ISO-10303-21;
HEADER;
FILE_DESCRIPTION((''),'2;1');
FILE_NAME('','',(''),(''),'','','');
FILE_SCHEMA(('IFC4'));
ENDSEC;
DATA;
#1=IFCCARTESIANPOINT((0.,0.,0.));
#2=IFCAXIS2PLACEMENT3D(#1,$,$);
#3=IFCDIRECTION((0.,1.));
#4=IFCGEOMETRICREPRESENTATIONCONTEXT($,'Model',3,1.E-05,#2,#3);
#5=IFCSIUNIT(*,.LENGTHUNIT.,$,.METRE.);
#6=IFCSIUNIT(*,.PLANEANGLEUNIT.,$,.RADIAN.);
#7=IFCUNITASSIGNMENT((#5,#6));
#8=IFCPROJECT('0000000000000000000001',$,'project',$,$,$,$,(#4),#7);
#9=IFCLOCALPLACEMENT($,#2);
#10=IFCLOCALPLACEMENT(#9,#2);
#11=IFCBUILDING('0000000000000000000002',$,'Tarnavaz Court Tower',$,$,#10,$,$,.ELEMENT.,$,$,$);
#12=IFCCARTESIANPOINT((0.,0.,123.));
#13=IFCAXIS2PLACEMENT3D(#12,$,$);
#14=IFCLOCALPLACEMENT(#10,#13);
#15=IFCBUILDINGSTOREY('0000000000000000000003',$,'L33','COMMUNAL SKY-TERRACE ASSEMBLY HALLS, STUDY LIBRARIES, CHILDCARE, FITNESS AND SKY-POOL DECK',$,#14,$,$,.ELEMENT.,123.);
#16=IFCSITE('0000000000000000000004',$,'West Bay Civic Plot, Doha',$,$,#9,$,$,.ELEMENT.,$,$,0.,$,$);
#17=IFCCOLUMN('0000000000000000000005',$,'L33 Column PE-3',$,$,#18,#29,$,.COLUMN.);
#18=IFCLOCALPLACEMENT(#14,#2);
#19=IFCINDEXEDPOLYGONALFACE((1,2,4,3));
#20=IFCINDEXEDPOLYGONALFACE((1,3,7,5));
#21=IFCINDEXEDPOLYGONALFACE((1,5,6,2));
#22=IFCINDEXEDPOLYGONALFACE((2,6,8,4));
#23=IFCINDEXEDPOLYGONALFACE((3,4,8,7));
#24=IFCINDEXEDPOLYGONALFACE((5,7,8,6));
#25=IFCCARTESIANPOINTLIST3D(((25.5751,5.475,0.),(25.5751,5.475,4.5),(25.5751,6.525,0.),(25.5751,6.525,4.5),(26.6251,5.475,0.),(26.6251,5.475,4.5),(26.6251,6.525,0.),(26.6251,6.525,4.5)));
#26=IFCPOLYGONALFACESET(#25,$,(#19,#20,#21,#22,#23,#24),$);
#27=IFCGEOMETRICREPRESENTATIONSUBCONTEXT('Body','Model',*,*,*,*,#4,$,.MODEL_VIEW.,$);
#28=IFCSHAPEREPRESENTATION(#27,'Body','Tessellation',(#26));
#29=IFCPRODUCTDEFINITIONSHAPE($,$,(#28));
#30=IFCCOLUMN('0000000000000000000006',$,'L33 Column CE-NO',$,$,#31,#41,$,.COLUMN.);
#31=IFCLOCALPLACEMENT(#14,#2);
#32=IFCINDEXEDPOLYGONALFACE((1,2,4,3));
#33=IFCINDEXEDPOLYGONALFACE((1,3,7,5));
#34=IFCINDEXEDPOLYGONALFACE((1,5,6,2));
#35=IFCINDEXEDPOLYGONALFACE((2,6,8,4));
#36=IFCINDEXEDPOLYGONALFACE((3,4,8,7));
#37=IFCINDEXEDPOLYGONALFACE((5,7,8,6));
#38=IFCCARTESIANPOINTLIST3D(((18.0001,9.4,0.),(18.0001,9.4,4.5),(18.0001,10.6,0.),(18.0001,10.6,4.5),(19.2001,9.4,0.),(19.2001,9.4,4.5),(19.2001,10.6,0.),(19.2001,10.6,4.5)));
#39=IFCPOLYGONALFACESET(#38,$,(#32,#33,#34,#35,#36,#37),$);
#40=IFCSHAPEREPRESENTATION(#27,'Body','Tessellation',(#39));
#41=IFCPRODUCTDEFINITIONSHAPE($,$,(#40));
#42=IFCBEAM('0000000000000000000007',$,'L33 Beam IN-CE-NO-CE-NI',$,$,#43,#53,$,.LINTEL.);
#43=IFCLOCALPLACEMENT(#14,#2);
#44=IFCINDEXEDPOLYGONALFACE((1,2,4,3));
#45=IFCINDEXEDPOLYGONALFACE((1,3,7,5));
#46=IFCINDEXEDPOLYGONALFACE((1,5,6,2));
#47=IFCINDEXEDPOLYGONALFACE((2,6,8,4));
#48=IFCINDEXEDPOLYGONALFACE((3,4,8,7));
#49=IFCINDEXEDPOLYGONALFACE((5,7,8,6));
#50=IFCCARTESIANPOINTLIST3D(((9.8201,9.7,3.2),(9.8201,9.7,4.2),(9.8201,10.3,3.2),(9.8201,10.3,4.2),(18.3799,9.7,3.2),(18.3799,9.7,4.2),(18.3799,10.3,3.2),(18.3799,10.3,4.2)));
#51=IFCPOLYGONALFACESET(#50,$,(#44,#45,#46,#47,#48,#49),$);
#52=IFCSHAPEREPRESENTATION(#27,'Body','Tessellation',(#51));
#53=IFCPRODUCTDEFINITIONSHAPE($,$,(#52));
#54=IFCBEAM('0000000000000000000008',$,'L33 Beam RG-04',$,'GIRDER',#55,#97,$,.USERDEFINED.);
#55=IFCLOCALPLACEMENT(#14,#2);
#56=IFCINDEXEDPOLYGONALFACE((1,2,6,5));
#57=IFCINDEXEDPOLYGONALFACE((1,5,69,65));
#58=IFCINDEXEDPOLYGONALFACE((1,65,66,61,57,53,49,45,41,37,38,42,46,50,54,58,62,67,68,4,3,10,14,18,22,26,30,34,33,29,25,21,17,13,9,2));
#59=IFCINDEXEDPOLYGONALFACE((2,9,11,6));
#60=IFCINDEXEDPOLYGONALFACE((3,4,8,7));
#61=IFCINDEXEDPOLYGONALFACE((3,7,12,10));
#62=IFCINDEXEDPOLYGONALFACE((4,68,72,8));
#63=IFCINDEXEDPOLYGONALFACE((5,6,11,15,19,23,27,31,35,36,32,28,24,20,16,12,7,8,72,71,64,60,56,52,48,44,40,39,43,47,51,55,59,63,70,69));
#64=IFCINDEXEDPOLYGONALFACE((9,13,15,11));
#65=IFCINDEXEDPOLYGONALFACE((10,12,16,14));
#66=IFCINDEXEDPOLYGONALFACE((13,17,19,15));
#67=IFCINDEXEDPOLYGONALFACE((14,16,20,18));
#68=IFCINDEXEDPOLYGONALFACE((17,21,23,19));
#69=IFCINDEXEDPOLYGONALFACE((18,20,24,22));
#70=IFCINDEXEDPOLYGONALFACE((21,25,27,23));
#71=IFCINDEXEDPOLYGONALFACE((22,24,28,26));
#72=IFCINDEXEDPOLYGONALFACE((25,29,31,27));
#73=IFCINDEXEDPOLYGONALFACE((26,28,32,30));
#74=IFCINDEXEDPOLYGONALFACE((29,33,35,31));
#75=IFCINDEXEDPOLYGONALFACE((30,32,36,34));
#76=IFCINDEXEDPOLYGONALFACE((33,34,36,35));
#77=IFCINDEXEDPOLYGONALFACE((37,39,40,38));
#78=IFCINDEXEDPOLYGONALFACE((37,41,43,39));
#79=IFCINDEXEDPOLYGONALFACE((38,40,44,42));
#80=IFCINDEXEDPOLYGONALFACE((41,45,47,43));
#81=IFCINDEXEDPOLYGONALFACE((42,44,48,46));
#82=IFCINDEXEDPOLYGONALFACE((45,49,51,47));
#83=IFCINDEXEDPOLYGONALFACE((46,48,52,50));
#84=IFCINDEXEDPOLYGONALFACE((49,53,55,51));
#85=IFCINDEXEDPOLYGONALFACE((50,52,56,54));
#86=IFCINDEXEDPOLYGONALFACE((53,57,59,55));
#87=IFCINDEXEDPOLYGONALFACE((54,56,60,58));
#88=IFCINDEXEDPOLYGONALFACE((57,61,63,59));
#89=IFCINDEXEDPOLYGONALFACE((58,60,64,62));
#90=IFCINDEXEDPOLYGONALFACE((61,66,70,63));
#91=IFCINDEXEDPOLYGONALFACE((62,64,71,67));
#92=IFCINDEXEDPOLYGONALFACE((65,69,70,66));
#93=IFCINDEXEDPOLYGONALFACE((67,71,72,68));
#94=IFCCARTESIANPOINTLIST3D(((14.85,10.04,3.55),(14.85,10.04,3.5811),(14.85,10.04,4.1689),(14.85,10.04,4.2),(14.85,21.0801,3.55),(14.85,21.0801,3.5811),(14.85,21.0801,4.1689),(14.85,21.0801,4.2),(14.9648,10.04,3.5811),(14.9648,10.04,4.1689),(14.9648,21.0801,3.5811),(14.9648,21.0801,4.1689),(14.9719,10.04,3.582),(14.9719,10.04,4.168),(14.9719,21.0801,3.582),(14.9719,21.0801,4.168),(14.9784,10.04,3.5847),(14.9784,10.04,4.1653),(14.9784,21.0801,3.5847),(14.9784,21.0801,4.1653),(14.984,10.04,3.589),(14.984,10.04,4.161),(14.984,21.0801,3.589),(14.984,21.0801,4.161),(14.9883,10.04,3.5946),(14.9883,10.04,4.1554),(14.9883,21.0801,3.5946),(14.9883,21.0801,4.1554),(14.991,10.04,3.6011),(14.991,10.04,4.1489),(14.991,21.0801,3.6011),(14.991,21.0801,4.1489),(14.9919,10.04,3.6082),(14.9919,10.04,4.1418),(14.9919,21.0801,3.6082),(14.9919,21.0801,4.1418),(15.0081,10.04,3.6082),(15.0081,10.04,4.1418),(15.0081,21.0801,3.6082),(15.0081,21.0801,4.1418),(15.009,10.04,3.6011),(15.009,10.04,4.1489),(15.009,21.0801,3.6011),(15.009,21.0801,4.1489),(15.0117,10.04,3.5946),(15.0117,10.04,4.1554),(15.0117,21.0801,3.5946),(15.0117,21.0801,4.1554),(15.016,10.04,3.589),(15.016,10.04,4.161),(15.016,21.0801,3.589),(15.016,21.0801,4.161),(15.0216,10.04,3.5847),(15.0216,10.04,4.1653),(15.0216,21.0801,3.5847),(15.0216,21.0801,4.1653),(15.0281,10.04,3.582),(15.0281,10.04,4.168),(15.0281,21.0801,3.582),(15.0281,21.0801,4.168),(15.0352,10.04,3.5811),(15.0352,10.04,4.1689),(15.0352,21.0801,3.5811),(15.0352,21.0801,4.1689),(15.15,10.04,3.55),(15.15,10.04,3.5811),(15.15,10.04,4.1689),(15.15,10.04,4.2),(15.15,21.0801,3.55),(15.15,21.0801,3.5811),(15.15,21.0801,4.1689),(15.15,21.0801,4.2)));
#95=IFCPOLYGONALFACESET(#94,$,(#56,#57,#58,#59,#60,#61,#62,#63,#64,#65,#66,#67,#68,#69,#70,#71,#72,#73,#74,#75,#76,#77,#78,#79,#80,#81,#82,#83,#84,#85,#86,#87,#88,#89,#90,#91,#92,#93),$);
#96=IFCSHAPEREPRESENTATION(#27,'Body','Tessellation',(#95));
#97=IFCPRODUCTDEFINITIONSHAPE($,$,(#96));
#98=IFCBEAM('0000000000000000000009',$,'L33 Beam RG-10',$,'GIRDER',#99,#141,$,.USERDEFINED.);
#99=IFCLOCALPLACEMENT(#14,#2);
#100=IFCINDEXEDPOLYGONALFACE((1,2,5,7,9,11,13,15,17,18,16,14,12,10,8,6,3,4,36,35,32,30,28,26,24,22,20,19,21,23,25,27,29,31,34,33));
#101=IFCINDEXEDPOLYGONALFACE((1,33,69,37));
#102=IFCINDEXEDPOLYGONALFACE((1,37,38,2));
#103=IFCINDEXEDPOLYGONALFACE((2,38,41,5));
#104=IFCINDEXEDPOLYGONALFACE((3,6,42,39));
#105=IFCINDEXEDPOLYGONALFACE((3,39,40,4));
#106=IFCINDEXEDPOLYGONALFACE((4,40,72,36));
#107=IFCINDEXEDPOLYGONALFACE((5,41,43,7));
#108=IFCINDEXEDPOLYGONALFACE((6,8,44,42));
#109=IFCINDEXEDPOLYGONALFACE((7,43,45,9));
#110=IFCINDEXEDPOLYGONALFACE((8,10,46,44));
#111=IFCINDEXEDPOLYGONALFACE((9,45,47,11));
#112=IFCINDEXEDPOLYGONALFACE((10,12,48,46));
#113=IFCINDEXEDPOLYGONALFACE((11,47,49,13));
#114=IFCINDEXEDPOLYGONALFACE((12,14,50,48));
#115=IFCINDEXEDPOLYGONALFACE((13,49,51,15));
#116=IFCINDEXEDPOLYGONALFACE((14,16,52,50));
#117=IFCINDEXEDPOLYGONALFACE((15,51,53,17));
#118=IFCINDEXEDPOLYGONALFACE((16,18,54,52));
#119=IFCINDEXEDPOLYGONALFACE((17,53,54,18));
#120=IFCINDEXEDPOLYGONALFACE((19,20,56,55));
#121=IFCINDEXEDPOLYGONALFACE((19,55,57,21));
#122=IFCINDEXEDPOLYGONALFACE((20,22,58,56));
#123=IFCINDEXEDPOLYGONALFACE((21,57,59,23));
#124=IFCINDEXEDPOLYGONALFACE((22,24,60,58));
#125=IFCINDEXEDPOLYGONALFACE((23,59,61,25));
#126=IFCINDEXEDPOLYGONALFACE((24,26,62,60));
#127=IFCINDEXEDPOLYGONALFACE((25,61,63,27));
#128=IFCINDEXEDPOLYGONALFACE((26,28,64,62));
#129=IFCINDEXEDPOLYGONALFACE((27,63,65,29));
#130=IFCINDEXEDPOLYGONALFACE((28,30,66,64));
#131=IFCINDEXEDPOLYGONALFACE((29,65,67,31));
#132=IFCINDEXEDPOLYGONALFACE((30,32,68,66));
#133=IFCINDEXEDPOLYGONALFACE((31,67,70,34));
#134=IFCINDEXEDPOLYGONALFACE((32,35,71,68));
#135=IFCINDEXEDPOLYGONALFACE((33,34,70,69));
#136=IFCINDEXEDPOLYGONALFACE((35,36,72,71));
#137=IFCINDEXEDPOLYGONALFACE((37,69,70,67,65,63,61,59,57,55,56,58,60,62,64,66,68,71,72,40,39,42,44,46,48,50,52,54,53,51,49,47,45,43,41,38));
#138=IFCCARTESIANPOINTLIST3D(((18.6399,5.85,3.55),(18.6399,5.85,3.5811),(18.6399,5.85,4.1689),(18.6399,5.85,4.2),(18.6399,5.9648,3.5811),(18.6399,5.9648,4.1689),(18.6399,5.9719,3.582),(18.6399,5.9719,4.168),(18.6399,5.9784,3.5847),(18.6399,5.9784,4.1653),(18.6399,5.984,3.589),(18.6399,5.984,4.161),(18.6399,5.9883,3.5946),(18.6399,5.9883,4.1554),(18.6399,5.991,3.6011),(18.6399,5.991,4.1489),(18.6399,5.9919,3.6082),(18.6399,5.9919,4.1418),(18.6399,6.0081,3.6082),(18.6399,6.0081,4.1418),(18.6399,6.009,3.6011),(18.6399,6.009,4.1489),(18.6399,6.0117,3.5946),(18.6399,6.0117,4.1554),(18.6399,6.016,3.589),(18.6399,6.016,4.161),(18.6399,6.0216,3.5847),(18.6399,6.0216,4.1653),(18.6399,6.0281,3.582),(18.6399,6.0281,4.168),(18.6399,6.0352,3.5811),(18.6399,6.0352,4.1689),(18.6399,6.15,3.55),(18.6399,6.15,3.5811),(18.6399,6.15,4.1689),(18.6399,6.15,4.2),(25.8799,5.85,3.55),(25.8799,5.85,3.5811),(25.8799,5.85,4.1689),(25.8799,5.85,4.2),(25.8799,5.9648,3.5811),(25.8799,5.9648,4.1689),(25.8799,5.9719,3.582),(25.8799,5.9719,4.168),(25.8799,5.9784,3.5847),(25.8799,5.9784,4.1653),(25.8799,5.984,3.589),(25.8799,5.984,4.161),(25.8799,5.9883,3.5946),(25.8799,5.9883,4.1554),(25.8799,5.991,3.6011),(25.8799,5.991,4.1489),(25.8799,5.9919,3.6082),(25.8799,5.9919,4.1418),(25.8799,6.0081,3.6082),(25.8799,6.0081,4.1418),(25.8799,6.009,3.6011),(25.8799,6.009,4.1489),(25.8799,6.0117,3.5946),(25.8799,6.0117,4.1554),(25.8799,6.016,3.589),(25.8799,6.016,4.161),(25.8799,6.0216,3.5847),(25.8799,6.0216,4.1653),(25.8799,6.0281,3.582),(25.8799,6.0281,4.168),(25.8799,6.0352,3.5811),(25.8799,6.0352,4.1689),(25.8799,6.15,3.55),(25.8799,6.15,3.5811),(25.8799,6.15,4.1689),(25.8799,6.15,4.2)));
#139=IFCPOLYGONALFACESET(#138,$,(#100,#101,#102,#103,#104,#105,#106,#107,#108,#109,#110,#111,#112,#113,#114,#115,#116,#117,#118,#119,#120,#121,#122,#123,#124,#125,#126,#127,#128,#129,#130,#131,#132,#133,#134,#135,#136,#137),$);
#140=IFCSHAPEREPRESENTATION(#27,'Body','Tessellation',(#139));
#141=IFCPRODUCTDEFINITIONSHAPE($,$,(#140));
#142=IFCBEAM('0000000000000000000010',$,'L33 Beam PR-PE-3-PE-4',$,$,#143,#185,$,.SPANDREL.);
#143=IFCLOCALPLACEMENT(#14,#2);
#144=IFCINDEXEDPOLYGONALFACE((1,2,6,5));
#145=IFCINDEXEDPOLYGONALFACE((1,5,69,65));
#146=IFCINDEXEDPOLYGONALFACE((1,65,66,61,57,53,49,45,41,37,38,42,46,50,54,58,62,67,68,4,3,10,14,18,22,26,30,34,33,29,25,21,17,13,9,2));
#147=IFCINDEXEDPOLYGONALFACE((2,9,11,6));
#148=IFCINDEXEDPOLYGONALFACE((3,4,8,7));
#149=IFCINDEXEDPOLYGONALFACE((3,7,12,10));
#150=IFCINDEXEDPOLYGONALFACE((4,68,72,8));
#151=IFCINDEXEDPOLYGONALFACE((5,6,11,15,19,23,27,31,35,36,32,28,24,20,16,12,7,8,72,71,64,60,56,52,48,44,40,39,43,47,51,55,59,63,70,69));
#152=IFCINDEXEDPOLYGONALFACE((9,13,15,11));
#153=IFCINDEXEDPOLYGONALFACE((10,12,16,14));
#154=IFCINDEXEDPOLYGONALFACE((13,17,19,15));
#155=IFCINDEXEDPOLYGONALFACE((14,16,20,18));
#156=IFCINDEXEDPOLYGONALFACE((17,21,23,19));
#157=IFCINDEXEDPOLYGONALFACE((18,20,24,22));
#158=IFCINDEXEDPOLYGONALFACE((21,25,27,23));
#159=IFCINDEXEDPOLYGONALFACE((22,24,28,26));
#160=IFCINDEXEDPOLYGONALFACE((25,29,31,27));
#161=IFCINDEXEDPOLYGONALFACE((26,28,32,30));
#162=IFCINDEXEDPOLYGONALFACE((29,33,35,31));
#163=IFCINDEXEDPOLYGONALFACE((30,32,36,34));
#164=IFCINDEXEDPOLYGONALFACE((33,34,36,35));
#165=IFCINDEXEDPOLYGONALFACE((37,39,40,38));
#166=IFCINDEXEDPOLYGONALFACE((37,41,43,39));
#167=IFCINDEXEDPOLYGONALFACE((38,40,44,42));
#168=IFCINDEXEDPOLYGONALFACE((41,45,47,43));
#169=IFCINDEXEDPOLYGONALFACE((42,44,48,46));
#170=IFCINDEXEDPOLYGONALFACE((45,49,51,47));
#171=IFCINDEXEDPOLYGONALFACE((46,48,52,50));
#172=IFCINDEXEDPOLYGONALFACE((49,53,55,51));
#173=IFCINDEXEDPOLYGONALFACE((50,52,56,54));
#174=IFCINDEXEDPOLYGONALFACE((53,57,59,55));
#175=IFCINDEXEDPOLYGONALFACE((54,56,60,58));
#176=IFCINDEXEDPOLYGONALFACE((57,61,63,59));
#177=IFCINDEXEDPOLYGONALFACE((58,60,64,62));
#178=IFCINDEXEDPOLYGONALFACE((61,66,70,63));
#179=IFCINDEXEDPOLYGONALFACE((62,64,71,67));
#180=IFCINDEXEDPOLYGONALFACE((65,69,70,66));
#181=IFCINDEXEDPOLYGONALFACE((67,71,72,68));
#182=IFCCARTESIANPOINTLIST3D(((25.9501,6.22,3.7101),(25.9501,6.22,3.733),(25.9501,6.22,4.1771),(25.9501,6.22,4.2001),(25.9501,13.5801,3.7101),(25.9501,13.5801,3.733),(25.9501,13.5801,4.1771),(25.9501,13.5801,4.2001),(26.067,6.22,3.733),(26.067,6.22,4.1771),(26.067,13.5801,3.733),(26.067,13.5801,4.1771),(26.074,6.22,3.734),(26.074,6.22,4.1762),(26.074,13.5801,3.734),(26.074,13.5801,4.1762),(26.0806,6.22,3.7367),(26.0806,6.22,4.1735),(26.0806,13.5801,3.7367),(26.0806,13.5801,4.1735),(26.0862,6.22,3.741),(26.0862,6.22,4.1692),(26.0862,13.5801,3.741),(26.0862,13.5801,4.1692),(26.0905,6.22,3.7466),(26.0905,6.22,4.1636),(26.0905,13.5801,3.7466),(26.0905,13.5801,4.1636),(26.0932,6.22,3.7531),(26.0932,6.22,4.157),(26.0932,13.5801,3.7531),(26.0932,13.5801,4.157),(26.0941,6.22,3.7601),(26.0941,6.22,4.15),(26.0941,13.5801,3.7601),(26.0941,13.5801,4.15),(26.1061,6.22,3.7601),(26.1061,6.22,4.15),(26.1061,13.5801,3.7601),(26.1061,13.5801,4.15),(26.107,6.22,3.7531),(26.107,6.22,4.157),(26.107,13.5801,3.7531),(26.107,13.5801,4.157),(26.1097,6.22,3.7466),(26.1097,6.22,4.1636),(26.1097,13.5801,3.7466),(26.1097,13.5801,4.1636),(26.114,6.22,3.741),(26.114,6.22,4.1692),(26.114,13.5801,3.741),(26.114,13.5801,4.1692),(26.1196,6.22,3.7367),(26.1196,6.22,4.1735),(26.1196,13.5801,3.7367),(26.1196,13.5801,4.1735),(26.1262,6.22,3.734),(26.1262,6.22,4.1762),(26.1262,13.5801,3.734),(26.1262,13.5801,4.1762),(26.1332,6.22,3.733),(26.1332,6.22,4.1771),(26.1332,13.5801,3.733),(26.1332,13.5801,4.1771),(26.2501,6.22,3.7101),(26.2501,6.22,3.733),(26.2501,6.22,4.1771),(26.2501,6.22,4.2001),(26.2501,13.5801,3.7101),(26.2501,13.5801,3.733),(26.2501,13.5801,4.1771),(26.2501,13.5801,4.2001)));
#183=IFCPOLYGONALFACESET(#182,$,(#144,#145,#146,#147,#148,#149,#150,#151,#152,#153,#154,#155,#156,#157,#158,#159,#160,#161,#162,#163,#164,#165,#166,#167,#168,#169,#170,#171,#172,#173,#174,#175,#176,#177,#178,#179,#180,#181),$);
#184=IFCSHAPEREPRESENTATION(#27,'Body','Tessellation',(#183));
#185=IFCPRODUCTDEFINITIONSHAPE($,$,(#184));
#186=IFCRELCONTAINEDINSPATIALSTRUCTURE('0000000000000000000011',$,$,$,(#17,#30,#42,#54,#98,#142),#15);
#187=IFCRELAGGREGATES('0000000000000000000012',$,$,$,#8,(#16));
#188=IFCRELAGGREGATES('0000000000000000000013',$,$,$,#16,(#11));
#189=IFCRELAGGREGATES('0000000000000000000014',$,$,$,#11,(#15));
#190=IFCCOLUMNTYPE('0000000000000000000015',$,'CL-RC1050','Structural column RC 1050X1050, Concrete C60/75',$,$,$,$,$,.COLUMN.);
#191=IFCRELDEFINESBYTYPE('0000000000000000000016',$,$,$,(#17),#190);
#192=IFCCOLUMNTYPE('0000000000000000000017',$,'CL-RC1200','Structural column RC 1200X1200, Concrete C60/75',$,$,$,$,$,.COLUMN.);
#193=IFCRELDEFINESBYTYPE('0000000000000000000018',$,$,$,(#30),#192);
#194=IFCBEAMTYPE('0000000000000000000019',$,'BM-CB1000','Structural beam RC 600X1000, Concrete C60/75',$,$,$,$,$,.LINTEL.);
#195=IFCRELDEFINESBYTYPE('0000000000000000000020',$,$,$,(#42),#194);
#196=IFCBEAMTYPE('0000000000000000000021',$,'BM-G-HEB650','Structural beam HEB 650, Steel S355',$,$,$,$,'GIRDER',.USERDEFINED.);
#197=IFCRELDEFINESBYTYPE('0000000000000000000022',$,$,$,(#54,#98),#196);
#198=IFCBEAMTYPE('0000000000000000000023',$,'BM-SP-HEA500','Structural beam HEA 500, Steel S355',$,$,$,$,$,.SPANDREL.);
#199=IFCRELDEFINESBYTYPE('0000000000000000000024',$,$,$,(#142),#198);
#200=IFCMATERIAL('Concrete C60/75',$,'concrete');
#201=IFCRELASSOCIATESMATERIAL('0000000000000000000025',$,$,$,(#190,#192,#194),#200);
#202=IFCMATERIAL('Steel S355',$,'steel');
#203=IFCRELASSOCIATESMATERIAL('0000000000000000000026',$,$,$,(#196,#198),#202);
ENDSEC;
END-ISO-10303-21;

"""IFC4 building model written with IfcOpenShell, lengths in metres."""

from ifc_helpers import new_model, si_unit, direction, frame, origin, origin_2d, place, context, subcontext, project, spatial, rectangle, i_section, extrude, material, material_profile, profile_set, type_object, element, save


model = new_model("IFC4")

# Units and contexts
model_context = context("Model", 3, precision=1e-05, world=origin(), true_north=direction((0.0, 1.0)))
body_context = subcontext(model_context, "Body", "Model", "MODEL_VIEW")
ifc_project = project(units=[si_unit("LENGTHUNIT", "METRE"), si_unit("PLANEANGLEUNIT", "RADIAN")], contexts=[model_context])

# Site, building, storey
site_placement = place(None, origin())
site = spatial("IfcSite", under=ifc_project, at=site_placement, Name="West Bay Civic Plot, Doha", CompositionType="ELEMENT", RefElevation=0.0)
building_placement = place(site_placement, origin())
building = spatial("IfcBuilding", under=site, at=building_placement, Name="Tarnavaz Court Tower", CompositionType="ELEMENT")
storey_placement = place(building_placement, frame((0.0, 0.0, 123.0)))
storey = spatial("IfcBuildingStorey", under=building, at=storey_placement, Name="L33", Description="COMMUNAL SKY-TERRACE ASSEMBLY HALLS, STUDY LIBRARIES, CHILDCARE, FITNESS AND SKY-POOL DECK", CompositionType="ELEMENT", Elevation=123.0)

# Columns
ifc_material_1 = material(Name="Concrete C60/75", Category="concrete")
ifc_material_profile_1 = material_profile(ifc_material_1, rectangle(XDim=1.05, YDim=1.05, at=origin_2d()), Name="RC 1050X1050")
ifc_profile_set_1 = profile_set([ifc_material_profile_1], Name="Concrete C60/75")
column_type_1 = type_object("IfcColumnType", Name="CL-RC1050", Description="Structural column RC 1050X1050, Concrete C60/75", PredefinedType="COLUMN", material=ifc_profile_set_1)
column_1_placement = place(storey_placement, frame((26.1001, 6.0, 0.0), z_axis=(0.0, 0.0, 1.0), x_axis=(1.0, 0.0, 0.0)))
element("IfcColumn", 1, at=column_1_placement, inside=storey, type_object=column_type_1, Name="L33 Column PE-3", PredefinedType="COLUMN", context=body_context, shape_type="SweptSolid", body=[
    extrude(rectangle(XDim=1.05, YDim=1.05, at=origin_2d()), origin(), (0.0, 0.0, 1.0), 4.5),
])
ifc_material_profile_2 = material_profile(ifc_material_1, rectangle(XDim=1.2, YDim=1.2, at=origin_2d()), Name="RC 1200X1200")
ifc_profile_set_2 = profile_set([ifc_material_profile_2], Name="Concrete C60/75")
column_type_2 = type_object("IfcColumnType", Name="CL-RC1200", Description="Structural column RC 1200X1200, Concrete C60/75", PredefinedType="COLUMN", material=ifc_profile_set_2)
column_2_placement = place(storey_placement, frame((18.6001, 10.0, 0.0), z_axis=(0.0, 0.0, 1.0), x_axis=(1.0, 0.0, 0.0)))
element("IfcColumn", 2, at=column_2_placement, inside=storey, type_object=column_type_2, Name="L33 Column CE-NO", PredefinedType="COLUMN", context=body_context, shape_type="SweptSolid", body=[
    extrude(rectangle(XDim=1.2, YDim=1.2, at=origin_2d()), origin(), (0.0, 0.0, 1.0), 4.5),
])

# Beams
ifc_material_profile_3 = material_profile(ifc_material_1, rectangle(XDim=0.6001, YDim=1.0, at=origin_2d()), Name="RC 600X1000")
ifc_profile_set_3 = profile_set([ifc_material_profile_3], Name="Concrete C60/75")
beam_type_1 = type_object("IfcBeamType", Name="BM-CB1000", Description="Structural beam RC 600X1000, Concrete C60/75", PredefinedType="LINTEL", material=ifc_profile_set_3)
beam_1_placement = place(storey_placement, frame((18.3799, 10.0, 3.7), z_axis=(-1.0, 0.0, 0.0), x_axis=(0.0, -1.0, 0.0)))
element("IfcBeam", 3, at=beam_1_placement, inside=storey, type_object=beam_type_1, Name="L33 Beam IN-CE-NO-CE-NI", PredefinedType="LINTEL", context=body_context, shape_type="SweptSolid", body=[
    extrude(rectangle(XDim=0.6001, YDim=1.0, at=origin_2d()), origin(), (0.0, 0.0, 1.0), 8.5598),
])
ifc_material_2 = material(Name="Steel S355", Category="steel")
ifc_material_profile_4 = material_profile(ifc_material_2, i_section(OverallWidth=0.3, OverallDepth=0.6499, WebThickness=0.0161, FlangeThickness=0.031, FilletRadius=0.0271, at=origin_2d()), Name="HEB 650")
ifc_profile_set_4 = profile_set([ifc_material_profile_4], Name="Steel S355")
beam_type_2 = type_object("IfcBeamType", Name="BM-G-HEB650", Description="Structural beam HEB 650, Steel S355", ElementType="GIRDER", PredefinedType="USERDEFINED", material=ifc_profile_set_4)
beam_2_placement = place(storey_placement, frame((15.0, 10.04, 3.875), z_axis=(0.0, 1.0, 0.0), x_axis=(-1.0, 0.0, 0.0)))
element("IfcBeam", 4, at=beam_2_placement, inside=storey, type_object=beam_type_2, Name="L33 Beam RG-04", ObjectType="GIRDER", PredefinedType="USERDEFINED", context=body_context, shape_type="SweptSolid", body=[
    extrude(i_section(OverallWidth=0.3, OverallDepth=0.6499, WebThickness=0.0161, FlangeThickness=0.031, FilletRadius=0.0271, at=origin_2d()), origin(), (0.0, 0.0, 1.0), 11.04),
])
beam_3_placement = place(storey_placement, frame((18.6399, 6.0, 3.875), z_axis=(1.0, 0.0, 0.0), x_axis=(0.0, 1.0, 0.0)))
element("IfcBeam", 5, at=beam_3_placement, inside=storey, type_object=beam_type_2, Name="L33 Beam RG-10", ObjectType="GIRDER", PredefinedType="USERDEFINED", context=body_context, shape_type="SweptSolid", body=[
    extrude(i_section(OverallWidth=0.3, OverallDepth=0.6499, WebThickness=0.0161, FlangeThickness=0.031, FilletRadius=0.0271, at=origin_2d()), origin(), (0.0, 0.0, 1.0), 7.24),
])
ifc_material_profile_5 = material_profile(ifc_material_2, i_section(OverallWidth=0.3, OverallDepth=0.49, WebThickness=0.012, FlangeThickness=0.0229, FilletRadius=0.0271, at=origin_2d()), Name="HEA 500")
ifc_profile_set_5 = profile_set([ifc_material_profile_5], Name="Steel S355")
beam_type_3 = type_object("IfcBeamType", Name="BM-SP-HEA500", Description="Structural beam HEA 500, Steel S355", PredefinedType="SPANDREL", material=ifc_profile_set_5)
beam_4_placement = place(storey_placement, frame((26.1001, 6.22, 3.9551), z_axis=(0.0, 1.0, 0.0), x_axis=(-1.0, 0.0, 0.0)))
element("IfcBeam", 6, at=beam_4_placement, inside=storey, type_object=beam_type_3, Name="L33 Beam PR-PE-3-PE-4", PredefinedType="SPANDREL", context=body_context, shape_type="SweptSolid", body=[
    extrude(i_section(OverallWidth=0.3, OverallDepth=0.49, WebThickness=0.012, FlangeThickness=0.0229, FilletRadius=0.0271, at=origin_2d()), origin(), (0.0, 0.0, 1.0), 7.3601),
])

save(model, "model.ifc")
